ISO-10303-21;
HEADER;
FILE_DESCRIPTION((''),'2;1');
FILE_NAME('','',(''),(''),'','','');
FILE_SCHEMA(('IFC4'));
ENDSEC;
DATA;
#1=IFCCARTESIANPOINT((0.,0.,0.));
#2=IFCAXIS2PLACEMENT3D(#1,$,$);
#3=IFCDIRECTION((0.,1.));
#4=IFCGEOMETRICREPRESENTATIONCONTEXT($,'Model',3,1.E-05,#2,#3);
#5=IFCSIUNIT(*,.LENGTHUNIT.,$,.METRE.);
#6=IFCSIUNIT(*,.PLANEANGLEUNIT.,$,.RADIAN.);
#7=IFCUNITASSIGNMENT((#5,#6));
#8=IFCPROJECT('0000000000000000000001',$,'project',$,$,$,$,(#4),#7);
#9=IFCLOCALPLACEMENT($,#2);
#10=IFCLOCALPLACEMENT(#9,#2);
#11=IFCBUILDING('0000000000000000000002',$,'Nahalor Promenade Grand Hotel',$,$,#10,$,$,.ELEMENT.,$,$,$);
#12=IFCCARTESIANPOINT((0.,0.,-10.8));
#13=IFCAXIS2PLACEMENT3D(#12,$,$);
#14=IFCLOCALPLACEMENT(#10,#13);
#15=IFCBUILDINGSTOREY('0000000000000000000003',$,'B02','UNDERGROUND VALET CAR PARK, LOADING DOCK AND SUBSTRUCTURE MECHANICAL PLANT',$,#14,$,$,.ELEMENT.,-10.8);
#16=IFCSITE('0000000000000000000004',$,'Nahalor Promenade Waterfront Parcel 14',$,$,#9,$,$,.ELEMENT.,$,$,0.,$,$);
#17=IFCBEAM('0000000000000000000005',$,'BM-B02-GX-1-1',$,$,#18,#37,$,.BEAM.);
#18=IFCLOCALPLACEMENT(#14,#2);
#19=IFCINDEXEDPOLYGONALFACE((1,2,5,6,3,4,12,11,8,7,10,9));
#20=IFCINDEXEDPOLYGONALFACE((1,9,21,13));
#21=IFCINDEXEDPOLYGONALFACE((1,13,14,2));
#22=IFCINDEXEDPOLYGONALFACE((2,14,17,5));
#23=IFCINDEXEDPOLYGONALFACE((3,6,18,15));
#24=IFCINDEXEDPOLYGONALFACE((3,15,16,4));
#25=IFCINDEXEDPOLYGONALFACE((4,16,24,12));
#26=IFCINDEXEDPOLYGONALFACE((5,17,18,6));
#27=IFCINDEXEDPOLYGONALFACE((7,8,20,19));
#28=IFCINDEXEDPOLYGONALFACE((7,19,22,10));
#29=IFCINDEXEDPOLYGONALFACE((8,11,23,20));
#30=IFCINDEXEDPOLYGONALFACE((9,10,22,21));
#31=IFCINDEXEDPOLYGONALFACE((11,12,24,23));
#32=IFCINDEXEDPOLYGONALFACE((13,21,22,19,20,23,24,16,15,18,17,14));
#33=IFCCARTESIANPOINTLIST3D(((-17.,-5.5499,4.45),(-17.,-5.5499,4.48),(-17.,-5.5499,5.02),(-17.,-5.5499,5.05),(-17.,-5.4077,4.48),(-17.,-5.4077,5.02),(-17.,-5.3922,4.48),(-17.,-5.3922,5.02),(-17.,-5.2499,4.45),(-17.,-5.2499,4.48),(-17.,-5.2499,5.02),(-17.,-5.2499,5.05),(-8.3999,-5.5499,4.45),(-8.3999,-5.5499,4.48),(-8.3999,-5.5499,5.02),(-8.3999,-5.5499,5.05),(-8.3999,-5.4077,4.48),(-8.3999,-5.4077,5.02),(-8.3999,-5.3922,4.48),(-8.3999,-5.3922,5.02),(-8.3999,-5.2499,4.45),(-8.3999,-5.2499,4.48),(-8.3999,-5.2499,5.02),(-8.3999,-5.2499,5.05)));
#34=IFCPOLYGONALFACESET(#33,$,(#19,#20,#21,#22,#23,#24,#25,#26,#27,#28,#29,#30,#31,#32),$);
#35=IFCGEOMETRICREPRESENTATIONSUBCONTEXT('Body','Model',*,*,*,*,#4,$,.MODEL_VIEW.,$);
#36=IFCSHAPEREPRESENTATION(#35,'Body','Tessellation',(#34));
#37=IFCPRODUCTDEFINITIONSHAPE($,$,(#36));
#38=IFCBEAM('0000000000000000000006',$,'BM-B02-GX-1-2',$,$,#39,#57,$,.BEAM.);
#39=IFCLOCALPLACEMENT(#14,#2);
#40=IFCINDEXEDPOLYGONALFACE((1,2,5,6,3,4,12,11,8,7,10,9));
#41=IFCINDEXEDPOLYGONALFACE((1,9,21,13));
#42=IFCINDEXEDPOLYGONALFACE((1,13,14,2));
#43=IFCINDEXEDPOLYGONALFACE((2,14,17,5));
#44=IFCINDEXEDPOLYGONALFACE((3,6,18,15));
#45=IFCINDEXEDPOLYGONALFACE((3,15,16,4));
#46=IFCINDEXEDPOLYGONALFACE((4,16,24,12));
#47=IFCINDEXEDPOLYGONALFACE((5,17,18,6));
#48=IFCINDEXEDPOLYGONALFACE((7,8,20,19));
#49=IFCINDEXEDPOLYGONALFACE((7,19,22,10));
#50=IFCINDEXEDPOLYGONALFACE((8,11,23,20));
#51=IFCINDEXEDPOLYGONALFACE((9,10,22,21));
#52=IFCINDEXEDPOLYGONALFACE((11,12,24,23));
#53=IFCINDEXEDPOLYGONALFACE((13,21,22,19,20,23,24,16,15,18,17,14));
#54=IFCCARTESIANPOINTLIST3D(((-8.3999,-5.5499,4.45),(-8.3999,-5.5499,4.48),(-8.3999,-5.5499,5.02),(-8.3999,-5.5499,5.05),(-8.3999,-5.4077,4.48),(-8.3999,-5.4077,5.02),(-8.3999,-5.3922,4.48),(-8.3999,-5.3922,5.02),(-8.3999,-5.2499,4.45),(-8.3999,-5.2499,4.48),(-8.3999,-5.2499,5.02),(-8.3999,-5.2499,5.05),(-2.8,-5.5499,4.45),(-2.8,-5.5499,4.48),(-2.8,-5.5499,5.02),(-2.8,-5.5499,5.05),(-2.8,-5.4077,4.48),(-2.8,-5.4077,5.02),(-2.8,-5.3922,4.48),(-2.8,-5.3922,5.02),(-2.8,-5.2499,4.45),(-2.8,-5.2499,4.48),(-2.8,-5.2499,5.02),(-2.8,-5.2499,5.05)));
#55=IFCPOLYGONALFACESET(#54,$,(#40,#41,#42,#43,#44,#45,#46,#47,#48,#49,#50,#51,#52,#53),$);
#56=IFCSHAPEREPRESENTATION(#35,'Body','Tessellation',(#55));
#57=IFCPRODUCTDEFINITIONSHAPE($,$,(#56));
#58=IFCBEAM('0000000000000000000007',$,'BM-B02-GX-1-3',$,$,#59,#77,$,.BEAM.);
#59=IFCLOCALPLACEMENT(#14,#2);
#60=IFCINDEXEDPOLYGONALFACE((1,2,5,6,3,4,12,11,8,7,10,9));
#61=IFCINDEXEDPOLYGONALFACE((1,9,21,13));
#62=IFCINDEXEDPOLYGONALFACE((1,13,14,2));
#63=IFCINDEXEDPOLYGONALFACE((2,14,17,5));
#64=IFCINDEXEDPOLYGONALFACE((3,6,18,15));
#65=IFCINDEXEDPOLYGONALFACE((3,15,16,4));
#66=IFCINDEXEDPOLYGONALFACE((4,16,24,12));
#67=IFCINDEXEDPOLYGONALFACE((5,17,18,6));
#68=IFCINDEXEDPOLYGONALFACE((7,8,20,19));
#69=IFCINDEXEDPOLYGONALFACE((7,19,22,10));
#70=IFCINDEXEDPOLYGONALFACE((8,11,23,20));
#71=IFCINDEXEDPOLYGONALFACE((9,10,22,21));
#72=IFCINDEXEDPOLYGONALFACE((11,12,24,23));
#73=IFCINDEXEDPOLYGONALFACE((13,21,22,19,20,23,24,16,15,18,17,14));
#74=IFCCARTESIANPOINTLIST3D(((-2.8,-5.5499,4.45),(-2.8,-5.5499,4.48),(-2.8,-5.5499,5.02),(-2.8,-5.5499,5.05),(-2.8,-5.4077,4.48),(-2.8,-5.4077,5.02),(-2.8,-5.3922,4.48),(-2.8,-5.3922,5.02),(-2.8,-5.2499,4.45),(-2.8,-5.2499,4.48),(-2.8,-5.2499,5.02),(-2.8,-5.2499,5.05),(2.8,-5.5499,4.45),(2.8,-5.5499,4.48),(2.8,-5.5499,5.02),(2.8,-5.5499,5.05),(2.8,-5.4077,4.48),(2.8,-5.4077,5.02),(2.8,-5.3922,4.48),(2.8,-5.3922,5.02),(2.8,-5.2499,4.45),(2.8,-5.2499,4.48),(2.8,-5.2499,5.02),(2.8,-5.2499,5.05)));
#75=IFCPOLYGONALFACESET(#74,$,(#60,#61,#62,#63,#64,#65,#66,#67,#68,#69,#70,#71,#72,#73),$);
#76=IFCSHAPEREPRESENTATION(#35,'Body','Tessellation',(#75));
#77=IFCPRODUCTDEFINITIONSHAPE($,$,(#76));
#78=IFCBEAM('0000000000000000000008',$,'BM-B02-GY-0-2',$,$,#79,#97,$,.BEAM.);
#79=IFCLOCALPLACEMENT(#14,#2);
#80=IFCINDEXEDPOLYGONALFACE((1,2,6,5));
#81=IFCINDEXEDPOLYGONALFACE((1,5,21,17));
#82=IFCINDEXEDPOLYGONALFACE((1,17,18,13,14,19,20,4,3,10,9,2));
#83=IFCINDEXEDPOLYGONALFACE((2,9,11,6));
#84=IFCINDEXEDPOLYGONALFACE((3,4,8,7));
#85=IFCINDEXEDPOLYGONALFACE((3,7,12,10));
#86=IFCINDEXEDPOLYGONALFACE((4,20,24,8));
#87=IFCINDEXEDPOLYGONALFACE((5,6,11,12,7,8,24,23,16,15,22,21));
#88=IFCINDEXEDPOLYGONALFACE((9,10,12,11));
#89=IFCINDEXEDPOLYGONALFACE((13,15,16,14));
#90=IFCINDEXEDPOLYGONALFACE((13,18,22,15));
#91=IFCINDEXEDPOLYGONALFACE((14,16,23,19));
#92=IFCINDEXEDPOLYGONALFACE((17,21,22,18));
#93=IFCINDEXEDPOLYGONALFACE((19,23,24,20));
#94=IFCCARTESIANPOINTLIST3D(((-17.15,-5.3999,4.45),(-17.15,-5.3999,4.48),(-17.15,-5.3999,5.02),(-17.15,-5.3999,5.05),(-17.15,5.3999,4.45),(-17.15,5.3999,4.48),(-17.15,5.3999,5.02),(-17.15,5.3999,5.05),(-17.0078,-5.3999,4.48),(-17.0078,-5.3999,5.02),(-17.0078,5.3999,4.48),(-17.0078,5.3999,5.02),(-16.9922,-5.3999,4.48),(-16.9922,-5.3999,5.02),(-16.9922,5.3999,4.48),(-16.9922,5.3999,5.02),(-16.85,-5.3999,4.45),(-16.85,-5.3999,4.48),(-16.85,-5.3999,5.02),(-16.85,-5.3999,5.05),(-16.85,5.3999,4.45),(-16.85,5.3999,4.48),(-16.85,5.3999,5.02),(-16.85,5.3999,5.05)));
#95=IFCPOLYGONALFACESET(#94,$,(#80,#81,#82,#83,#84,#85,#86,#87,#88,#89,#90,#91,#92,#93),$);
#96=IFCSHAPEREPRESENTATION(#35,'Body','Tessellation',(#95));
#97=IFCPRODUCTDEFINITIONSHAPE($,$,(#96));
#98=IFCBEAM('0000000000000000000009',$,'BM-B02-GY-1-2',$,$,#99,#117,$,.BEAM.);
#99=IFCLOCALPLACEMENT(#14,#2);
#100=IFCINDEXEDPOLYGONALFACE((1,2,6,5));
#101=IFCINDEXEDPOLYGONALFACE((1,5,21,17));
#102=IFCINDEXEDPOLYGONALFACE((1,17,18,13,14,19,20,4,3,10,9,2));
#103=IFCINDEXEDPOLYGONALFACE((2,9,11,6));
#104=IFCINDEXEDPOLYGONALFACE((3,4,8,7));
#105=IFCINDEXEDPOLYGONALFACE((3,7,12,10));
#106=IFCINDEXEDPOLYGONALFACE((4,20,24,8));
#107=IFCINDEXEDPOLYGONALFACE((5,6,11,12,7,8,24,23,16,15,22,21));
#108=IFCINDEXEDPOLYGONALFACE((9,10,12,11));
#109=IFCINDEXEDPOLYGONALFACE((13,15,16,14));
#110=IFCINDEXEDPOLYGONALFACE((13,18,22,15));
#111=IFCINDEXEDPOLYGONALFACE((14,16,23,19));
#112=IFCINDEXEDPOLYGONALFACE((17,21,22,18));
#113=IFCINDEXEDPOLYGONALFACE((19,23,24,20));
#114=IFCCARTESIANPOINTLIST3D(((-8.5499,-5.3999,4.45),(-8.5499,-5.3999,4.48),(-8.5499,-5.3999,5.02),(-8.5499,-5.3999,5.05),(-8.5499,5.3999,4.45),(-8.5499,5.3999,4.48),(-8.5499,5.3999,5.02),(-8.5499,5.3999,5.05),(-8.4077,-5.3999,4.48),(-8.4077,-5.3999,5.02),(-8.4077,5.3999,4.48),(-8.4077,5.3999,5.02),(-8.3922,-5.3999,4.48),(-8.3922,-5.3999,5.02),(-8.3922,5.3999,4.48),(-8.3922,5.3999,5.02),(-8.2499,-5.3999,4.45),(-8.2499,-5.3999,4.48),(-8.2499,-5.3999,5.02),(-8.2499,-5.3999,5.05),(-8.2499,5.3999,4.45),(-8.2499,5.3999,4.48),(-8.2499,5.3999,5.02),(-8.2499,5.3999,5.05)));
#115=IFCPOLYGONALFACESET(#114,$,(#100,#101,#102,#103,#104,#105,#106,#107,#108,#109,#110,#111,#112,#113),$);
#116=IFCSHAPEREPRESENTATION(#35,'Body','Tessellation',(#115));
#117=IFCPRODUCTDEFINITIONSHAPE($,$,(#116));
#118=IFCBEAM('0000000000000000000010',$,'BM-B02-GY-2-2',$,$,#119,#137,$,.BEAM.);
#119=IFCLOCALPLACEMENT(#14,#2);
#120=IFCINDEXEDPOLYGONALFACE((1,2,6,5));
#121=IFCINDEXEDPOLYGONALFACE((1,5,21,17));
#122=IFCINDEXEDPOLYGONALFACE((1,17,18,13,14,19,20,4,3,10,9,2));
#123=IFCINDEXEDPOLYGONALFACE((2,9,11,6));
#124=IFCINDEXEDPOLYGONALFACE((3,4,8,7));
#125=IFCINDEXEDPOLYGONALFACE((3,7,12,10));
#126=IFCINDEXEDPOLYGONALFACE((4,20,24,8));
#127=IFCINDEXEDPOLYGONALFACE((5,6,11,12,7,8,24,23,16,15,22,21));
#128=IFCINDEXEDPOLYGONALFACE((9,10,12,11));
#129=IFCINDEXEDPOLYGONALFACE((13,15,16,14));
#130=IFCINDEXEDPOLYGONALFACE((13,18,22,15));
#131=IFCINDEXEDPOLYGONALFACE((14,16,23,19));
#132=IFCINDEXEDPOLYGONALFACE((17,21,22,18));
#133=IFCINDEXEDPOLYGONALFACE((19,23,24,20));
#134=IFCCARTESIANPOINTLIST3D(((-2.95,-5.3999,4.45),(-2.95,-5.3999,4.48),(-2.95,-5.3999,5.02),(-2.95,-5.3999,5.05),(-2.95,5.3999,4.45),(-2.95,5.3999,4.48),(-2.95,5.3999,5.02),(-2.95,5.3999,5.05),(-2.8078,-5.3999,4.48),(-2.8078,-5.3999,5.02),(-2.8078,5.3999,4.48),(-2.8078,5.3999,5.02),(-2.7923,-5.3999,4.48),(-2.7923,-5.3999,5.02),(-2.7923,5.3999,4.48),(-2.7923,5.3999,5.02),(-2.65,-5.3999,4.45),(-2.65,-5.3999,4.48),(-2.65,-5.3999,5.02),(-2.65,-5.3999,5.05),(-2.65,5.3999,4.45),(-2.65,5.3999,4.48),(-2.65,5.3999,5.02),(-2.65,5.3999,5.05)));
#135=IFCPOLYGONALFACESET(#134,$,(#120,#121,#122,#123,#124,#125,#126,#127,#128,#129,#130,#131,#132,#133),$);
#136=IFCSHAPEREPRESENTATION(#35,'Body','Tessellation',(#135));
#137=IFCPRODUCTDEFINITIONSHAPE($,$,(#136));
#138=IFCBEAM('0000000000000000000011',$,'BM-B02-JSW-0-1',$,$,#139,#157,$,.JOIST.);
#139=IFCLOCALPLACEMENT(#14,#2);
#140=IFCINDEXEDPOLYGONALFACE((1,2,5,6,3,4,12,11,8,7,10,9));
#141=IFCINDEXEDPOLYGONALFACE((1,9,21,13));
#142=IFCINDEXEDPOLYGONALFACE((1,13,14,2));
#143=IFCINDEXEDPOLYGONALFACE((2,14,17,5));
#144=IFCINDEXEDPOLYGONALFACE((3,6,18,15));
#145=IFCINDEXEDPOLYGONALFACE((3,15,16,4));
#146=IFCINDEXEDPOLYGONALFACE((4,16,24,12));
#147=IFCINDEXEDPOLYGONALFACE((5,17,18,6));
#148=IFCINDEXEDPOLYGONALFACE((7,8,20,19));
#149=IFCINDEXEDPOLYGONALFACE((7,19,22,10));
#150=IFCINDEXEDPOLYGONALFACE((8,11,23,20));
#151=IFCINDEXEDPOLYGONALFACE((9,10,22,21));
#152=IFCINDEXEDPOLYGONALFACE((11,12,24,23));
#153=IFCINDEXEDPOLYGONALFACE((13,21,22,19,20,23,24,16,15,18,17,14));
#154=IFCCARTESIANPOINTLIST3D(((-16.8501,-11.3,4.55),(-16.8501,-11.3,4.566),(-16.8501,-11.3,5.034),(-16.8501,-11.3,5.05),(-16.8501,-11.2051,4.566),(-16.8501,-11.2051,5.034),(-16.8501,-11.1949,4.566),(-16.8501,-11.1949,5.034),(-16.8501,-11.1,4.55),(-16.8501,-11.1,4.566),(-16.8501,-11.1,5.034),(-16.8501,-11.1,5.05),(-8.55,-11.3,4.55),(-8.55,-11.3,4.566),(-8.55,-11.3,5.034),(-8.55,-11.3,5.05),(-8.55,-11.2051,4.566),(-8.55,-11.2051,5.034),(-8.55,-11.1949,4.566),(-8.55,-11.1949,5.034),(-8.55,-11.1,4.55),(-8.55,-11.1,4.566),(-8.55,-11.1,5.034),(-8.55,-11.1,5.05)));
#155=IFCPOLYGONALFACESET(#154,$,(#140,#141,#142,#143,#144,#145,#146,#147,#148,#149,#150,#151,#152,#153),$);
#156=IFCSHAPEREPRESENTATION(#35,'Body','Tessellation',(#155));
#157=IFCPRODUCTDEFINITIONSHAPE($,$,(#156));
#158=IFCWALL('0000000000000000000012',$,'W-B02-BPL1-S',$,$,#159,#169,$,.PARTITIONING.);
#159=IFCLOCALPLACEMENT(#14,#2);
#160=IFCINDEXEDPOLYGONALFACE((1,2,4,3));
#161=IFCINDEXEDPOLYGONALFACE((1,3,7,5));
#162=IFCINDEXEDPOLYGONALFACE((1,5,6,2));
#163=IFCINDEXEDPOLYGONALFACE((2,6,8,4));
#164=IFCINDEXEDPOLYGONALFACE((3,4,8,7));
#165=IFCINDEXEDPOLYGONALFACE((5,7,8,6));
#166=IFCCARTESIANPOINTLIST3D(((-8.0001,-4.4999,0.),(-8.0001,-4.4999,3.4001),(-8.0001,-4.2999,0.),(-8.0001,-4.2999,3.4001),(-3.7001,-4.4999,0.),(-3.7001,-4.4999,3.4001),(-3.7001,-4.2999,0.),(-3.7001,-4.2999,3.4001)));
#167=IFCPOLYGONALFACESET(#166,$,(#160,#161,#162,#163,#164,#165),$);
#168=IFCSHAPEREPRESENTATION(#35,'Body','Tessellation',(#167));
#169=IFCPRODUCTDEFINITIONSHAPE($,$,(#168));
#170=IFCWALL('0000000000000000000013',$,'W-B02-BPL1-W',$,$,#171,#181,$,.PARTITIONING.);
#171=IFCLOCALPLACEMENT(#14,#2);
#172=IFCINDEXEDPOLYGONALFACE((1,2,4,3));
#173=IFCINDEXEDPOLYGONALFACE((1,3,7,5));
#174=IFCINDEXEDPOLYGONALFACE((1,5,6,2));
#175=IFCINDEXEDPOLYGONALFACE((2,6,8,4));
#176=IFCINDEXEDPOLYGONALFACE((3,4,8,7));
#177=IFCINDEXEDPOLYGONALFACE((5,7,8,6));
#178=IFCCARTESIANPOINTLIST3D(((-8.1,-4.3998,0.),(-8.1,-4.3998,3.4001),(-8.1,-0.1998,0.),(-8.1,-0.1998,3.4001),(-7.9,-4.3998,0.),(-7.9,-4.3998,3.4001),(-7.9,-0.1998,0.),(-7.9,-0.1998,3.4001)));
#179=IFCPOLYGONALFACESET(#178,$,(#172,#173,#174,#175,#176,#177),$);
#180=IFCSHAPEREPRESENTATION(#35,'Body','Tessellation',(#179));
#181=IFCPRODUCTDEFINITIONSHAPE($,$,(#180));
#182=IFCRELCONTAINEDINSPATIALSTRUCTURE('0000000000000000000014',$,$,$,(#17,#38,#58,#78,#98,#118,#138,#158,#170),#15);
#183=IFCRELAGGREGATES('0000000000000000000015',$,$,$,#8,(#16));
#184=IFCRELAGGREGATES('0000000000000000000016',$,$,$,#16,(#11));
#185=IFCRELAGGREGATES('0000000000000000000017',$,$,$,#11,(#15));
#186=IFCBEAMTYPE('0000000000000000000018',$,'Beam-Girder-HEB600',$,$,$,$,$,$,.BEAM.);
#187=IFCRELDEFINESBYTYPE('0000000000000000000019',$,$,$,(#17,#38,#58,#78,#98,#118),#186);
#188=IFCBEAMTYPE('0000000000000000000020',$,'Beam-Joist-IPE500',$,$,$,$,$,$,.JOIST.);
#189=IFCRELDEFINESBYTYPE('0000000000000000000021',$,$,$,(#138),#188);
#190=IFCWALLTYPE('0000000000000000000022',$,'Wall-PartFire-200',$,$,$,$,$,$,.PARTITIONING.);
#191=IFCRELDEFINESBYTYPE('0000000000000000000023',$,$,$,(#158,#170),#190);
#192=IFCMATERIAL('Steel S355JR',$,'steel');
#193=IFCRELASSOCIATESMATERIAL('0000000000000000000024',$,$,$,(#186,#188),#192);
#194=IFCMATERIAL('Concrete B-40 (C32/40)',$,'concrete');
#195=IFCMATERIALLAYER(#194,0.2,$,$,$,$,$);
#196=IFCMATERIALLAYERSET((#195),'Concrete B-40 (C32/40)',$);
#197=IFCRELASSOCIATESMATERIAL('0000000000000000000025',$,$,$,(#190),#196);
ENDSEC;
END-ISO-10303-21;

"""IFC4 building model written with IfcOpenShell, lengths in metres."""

from ifc_helpers import new_model, si_unit, direction, frame, frame_2d, origin, origin_2d, place, context, subcontext, project, spatial, rectangle, i_section, extrude, source, transform, mapped, material, layer, layer_set, material_profile, profile_set, type_object, element, save


model = new_model("IFC4")

# Units and contexts
model_context = context("Model", 3, precision=1e-05, world=origin(), true_north=direction((0.0, 1.0)))
body_context = subcontext(model_context, "Body", "Model", "MODEL_VIEW")
ifc_project = project(units=[si_unit("LENGTHUNIT", "METRE"), si_unit("PLANEANGLEUNIT", "RADIAN")], contexts=[model_context])

# Site, building, storey
site_placement = place(None, origin())
site = spatial("IfcSite", under=ifc_project, at=site_placement, Name="Nahalor Promenade Waterfront Parcel 14", CompositionType="ELEMENT", RefElevation=0.0)
building_placement = place(site_placement, origin())
building = spatial("IfcBuilding", under=site, at=building_placement, Name="Nahalor Promenade Grand Hotel", CompositionType="ELEMENT")
storey_placement = place(building_placement, frame((0.0, 0.0, -10.8)))
storey = spatial("IfcBuildingStorey", under=building, at=storey_placement, Name="B02", Description="UNDERGROUND VALET CAR PARK, LOADING DOCK AND SUBSTRUCTURE MECHANICAL PLANT", CompositionType="ELEMENT", Elevation=-10.8)

# Beams
ifc_material_1 = material(Name="Steel S355JR", Category="steel")
ifc_material_profile_1 = material_profile(ifc_material_1, i_section(OverallWidth=0.3, OverallDepth=0.6, WebThickness=0.0155, FlangeThickness=0.03, at=origin_2d()), Name="HEB 600")
ifc_profile_set_1 = profile_set([ifc_material_profile_1], Name="Steel S355JR")
beam_type_1 = type_object("IfcBeamType", Name="Beam-Girder-HEB600", PredefinedType="BEAM", material=ifc_profile_set_1)
shared_shape_1 = source(origin(), body_context, "Body", "SweptSolid", [
    extrude(i_section(OverallWidth=0.3, OverallDepth=0.6, WebThickness=0.0155, FlangeThickness=0.03, at=origin_2d()), origin(), (0.0, 0.0, 1.0), 8.6001),
])
beam_1_placement = place(storey_placement, frame((-17.0, -5.3999, 4.75), z_axis=(1.0, 0.0, 0.0), x_axis=(0.0, 1.0, 0.0)))
element("IfcBeam", 1, at=beam_1_placement, inside=storey, type_object=beam_type_1, Name="BM-B02-GX-1-1", PredefinedType="BEAM", context=body_context, shape_type="MappedRepresentation", body=[
    mapped(shared_shape_1, transform((0.0, 0.0, 0.0), scale=1.0)),
])
shared_shape_2 = source(origin(), body_context, "Body", "SweptSolid", [
    extrude(i_section(OverallWidth=0.3, OverallDepth=0.6, WebThickness=0.0155, FlangeThickness=0.03, at=origin_2d()), origin(), (0.0, 0.0, 1.0), 5.5999),
])
beam_2_placement = place(storey_placement, frame((-8.3999, -5.3999, 4.75), z_axis=(1.0, 0.0, 0.0), x_axis=(0.0, 1.0, 0.0)))
element("IfcBeam", 2, at=beam_2_placement, inside=storey, type_object=beam_type_1, Name="BM-B02-GX-1-2", PredefinedType="BEAM", context=body_context, shape_type="MappedRepresentation", body=[
    mapped(shared_shape_2, transform((0.0, 0.0, 0.0), scale=1.0)),
])
shared_shape_3 = source(origin(), body_context, "Body", "SweptSolid", [
    extrude(i_section(OverallWidth=0.3, OverallDepth=0.6, WebThickness=0.0155, FlangeThickness=0.03, at=origin_2d()), origin(), (0.0, 0.0, 1.0), 5.6001),
])
beam_3_placement = place(storey_placement, frame((-2.8, -5.3999, 4.75), z_axis=(1.0, 0.0, 0.0), x_axis=(0.0, 1.0, 0.0)))
element("IfcBeam", 3, at=beam_3_placement, inside=storey, type_object=beam_type_1, Name="BM-B02-GX-1-3", PredefinedType="BEAM", context=body_context, shape_type="MappedRepresentation", body=[
    mapped(shared_shape_3, transform((0.0, 0.0, 0.0), scale=1.0)),
])
shared_shape_4 = source(origin(), body_context, "Body", "SweptSolid", [
    extrude(i_section(OverallWidth=0.3, OverallDepth=0.6, WebThickness=0.0155, FlangeThickness=0.03, at=origin_2d()), origin(), (0.0, 0.0, 1.0), 10.7998),
])
for number, where, z_axis, x_axis, name in (
    (4, (-17.0, -5.3999, 4.75), (0.0, 1.0, 0.0), (-1.0, 0.0, 0.0), "BM-B02-GY-0-2"),
    (5, (-8.3999, -5.3999, 4.75), (0.0, 1.0, 0.0), (-1.0, 0.0, 0.0), "BM-B02-GY-1-2"),
    (6, (-2.8, -5.3999, 4.75), (0.0, 1.0, 0.0), (-1.0, 0.0, 0.0), "BM-B02-GY-2-2"),
):
    element("IfcBeam", number, at=place(storey_placement, frame(where, z_axis=z_axis, x_axis=x_axis)), inside=storey, type_object=beam_type_1, Name=name, PredefinedType="BEAM", context=body_context, shape_type="MappedRepresentation", body=[
        mapped(shared_shape_4, transform((0.0, 0.0, 0.0), scale=1.0)),
    ])
ifc_material_profile_2 = material_profile(ifc_material_1, i_section(OverallWidth=0.2, OverallDepth=0.5, WebThickness=0.0102, FlangeThickness=0.016, at=origin_2d()), Name="IPE 500")
ifc_profile_set_2 = profile_set([ifc_material_profile_2], Name="Steel S355JR")
beam_type_2 = type_object("IfcBeamType", Name="Beam-Joist-IPE500", PredefinedType="JOIST", material=ifc_profile_set_2)
shared_shape_5 = source(origin(), body_context, "Body", "SweptSolid", [
    extrude(i_section(OverallWidth=0.2, OverallDepth=0.5, WebThickness=0.0102, FlangeThickness=0.016, at=origin_2d()), origin(), (0.0, 0.0, 1.0), 8.3),
])
beam_4_placement = place(storey_placement, frame((-16.8501, -11.2, 4.8), z_axis=(1.0, 0.0, 0.0), x_axis=(0.0, 1.0, 0.0)))
element("IfcBeam", 7, at=beam_4_placement, inside=storey, type_object=beam_type_2, Name="BM-B02-JSW-0-1", PredefinedType="JOIST", context=body_context, shape_type="MappedRepresentation", body=[
    mapped(shared_shape_5, transform((0.0, 0.0, 0.0), scale=1.0)),
])

# Walls
ifc_material_2 = material(Name="Concrete B-40 (C32/40)", Category="concrete")
ifc_layer_1 = layer(ifc_material_2, 0.2)
ifc_layer_set_1 = layer_set([ifc_layer_1], Name="Concrete B-40 (C32/40)")
wall_type_1 = type_object("IfcWallType", Name="Wall-PartFire-200", PredefinedType="PARTITIONING", material=ifc_layer_set_1)
shared_shape_6 = source(origin(), body_context, "Body", "SweptSolid", [
    extrude(rectangle(XDim=4.3, YDim=0.2, at=frame_2d((2.1499, 0.0))), origin(), (0.0, 0.0, 1.0), 3.4001),
])
wall_1_placement = place(storey_placement, frame((-8.0, -4.3999, 0.0), z_axis=(0.0, 0.0, 1.0), x_axis=(1.0, 0.0, 0.0)))
element("IfcWall", 8, at=wall_1_placement, inside=storey, type_object=wall_type_1, Name="W-B02-BPL1-S", PredefinedType="PARTITIONING", context=body_context, shape_type="MappedRepresentation", body=[
    mapped(shared_shape_6, transform((0.0, 0.0, 0.0), scale=1.0)),
])
shared_shape_7 = source(origin(), body_context, "Body", "SweptSolid", [
    extrude(rectangle(XDim=4.2, YDim=0.2, at=frame_2d((2.1001, 0.0))), origin(), (0.0, 0.0, 1.0), 3.4001),
])
wall_2_placement = place(storey_placement, frame((-8.0, -4.3999, 0.0), z_axis=(0.0, 0.0, 1.0), x_axis=(0.0, 1.0, 0.0)))
element("IfcWall", 9, at=wall_2_placement, inside=storey, type_object=wall_type_1, Name="W-B02-BPL1-W", PredefinedType="PARTITIONING", context=body_context, shape_type="MappedRepresentation", body=[
    mapped(shared_shape_7, transform((0.0, 0.0, 0.0), scale=1.0)),
])

save(model, "model.ifc")
